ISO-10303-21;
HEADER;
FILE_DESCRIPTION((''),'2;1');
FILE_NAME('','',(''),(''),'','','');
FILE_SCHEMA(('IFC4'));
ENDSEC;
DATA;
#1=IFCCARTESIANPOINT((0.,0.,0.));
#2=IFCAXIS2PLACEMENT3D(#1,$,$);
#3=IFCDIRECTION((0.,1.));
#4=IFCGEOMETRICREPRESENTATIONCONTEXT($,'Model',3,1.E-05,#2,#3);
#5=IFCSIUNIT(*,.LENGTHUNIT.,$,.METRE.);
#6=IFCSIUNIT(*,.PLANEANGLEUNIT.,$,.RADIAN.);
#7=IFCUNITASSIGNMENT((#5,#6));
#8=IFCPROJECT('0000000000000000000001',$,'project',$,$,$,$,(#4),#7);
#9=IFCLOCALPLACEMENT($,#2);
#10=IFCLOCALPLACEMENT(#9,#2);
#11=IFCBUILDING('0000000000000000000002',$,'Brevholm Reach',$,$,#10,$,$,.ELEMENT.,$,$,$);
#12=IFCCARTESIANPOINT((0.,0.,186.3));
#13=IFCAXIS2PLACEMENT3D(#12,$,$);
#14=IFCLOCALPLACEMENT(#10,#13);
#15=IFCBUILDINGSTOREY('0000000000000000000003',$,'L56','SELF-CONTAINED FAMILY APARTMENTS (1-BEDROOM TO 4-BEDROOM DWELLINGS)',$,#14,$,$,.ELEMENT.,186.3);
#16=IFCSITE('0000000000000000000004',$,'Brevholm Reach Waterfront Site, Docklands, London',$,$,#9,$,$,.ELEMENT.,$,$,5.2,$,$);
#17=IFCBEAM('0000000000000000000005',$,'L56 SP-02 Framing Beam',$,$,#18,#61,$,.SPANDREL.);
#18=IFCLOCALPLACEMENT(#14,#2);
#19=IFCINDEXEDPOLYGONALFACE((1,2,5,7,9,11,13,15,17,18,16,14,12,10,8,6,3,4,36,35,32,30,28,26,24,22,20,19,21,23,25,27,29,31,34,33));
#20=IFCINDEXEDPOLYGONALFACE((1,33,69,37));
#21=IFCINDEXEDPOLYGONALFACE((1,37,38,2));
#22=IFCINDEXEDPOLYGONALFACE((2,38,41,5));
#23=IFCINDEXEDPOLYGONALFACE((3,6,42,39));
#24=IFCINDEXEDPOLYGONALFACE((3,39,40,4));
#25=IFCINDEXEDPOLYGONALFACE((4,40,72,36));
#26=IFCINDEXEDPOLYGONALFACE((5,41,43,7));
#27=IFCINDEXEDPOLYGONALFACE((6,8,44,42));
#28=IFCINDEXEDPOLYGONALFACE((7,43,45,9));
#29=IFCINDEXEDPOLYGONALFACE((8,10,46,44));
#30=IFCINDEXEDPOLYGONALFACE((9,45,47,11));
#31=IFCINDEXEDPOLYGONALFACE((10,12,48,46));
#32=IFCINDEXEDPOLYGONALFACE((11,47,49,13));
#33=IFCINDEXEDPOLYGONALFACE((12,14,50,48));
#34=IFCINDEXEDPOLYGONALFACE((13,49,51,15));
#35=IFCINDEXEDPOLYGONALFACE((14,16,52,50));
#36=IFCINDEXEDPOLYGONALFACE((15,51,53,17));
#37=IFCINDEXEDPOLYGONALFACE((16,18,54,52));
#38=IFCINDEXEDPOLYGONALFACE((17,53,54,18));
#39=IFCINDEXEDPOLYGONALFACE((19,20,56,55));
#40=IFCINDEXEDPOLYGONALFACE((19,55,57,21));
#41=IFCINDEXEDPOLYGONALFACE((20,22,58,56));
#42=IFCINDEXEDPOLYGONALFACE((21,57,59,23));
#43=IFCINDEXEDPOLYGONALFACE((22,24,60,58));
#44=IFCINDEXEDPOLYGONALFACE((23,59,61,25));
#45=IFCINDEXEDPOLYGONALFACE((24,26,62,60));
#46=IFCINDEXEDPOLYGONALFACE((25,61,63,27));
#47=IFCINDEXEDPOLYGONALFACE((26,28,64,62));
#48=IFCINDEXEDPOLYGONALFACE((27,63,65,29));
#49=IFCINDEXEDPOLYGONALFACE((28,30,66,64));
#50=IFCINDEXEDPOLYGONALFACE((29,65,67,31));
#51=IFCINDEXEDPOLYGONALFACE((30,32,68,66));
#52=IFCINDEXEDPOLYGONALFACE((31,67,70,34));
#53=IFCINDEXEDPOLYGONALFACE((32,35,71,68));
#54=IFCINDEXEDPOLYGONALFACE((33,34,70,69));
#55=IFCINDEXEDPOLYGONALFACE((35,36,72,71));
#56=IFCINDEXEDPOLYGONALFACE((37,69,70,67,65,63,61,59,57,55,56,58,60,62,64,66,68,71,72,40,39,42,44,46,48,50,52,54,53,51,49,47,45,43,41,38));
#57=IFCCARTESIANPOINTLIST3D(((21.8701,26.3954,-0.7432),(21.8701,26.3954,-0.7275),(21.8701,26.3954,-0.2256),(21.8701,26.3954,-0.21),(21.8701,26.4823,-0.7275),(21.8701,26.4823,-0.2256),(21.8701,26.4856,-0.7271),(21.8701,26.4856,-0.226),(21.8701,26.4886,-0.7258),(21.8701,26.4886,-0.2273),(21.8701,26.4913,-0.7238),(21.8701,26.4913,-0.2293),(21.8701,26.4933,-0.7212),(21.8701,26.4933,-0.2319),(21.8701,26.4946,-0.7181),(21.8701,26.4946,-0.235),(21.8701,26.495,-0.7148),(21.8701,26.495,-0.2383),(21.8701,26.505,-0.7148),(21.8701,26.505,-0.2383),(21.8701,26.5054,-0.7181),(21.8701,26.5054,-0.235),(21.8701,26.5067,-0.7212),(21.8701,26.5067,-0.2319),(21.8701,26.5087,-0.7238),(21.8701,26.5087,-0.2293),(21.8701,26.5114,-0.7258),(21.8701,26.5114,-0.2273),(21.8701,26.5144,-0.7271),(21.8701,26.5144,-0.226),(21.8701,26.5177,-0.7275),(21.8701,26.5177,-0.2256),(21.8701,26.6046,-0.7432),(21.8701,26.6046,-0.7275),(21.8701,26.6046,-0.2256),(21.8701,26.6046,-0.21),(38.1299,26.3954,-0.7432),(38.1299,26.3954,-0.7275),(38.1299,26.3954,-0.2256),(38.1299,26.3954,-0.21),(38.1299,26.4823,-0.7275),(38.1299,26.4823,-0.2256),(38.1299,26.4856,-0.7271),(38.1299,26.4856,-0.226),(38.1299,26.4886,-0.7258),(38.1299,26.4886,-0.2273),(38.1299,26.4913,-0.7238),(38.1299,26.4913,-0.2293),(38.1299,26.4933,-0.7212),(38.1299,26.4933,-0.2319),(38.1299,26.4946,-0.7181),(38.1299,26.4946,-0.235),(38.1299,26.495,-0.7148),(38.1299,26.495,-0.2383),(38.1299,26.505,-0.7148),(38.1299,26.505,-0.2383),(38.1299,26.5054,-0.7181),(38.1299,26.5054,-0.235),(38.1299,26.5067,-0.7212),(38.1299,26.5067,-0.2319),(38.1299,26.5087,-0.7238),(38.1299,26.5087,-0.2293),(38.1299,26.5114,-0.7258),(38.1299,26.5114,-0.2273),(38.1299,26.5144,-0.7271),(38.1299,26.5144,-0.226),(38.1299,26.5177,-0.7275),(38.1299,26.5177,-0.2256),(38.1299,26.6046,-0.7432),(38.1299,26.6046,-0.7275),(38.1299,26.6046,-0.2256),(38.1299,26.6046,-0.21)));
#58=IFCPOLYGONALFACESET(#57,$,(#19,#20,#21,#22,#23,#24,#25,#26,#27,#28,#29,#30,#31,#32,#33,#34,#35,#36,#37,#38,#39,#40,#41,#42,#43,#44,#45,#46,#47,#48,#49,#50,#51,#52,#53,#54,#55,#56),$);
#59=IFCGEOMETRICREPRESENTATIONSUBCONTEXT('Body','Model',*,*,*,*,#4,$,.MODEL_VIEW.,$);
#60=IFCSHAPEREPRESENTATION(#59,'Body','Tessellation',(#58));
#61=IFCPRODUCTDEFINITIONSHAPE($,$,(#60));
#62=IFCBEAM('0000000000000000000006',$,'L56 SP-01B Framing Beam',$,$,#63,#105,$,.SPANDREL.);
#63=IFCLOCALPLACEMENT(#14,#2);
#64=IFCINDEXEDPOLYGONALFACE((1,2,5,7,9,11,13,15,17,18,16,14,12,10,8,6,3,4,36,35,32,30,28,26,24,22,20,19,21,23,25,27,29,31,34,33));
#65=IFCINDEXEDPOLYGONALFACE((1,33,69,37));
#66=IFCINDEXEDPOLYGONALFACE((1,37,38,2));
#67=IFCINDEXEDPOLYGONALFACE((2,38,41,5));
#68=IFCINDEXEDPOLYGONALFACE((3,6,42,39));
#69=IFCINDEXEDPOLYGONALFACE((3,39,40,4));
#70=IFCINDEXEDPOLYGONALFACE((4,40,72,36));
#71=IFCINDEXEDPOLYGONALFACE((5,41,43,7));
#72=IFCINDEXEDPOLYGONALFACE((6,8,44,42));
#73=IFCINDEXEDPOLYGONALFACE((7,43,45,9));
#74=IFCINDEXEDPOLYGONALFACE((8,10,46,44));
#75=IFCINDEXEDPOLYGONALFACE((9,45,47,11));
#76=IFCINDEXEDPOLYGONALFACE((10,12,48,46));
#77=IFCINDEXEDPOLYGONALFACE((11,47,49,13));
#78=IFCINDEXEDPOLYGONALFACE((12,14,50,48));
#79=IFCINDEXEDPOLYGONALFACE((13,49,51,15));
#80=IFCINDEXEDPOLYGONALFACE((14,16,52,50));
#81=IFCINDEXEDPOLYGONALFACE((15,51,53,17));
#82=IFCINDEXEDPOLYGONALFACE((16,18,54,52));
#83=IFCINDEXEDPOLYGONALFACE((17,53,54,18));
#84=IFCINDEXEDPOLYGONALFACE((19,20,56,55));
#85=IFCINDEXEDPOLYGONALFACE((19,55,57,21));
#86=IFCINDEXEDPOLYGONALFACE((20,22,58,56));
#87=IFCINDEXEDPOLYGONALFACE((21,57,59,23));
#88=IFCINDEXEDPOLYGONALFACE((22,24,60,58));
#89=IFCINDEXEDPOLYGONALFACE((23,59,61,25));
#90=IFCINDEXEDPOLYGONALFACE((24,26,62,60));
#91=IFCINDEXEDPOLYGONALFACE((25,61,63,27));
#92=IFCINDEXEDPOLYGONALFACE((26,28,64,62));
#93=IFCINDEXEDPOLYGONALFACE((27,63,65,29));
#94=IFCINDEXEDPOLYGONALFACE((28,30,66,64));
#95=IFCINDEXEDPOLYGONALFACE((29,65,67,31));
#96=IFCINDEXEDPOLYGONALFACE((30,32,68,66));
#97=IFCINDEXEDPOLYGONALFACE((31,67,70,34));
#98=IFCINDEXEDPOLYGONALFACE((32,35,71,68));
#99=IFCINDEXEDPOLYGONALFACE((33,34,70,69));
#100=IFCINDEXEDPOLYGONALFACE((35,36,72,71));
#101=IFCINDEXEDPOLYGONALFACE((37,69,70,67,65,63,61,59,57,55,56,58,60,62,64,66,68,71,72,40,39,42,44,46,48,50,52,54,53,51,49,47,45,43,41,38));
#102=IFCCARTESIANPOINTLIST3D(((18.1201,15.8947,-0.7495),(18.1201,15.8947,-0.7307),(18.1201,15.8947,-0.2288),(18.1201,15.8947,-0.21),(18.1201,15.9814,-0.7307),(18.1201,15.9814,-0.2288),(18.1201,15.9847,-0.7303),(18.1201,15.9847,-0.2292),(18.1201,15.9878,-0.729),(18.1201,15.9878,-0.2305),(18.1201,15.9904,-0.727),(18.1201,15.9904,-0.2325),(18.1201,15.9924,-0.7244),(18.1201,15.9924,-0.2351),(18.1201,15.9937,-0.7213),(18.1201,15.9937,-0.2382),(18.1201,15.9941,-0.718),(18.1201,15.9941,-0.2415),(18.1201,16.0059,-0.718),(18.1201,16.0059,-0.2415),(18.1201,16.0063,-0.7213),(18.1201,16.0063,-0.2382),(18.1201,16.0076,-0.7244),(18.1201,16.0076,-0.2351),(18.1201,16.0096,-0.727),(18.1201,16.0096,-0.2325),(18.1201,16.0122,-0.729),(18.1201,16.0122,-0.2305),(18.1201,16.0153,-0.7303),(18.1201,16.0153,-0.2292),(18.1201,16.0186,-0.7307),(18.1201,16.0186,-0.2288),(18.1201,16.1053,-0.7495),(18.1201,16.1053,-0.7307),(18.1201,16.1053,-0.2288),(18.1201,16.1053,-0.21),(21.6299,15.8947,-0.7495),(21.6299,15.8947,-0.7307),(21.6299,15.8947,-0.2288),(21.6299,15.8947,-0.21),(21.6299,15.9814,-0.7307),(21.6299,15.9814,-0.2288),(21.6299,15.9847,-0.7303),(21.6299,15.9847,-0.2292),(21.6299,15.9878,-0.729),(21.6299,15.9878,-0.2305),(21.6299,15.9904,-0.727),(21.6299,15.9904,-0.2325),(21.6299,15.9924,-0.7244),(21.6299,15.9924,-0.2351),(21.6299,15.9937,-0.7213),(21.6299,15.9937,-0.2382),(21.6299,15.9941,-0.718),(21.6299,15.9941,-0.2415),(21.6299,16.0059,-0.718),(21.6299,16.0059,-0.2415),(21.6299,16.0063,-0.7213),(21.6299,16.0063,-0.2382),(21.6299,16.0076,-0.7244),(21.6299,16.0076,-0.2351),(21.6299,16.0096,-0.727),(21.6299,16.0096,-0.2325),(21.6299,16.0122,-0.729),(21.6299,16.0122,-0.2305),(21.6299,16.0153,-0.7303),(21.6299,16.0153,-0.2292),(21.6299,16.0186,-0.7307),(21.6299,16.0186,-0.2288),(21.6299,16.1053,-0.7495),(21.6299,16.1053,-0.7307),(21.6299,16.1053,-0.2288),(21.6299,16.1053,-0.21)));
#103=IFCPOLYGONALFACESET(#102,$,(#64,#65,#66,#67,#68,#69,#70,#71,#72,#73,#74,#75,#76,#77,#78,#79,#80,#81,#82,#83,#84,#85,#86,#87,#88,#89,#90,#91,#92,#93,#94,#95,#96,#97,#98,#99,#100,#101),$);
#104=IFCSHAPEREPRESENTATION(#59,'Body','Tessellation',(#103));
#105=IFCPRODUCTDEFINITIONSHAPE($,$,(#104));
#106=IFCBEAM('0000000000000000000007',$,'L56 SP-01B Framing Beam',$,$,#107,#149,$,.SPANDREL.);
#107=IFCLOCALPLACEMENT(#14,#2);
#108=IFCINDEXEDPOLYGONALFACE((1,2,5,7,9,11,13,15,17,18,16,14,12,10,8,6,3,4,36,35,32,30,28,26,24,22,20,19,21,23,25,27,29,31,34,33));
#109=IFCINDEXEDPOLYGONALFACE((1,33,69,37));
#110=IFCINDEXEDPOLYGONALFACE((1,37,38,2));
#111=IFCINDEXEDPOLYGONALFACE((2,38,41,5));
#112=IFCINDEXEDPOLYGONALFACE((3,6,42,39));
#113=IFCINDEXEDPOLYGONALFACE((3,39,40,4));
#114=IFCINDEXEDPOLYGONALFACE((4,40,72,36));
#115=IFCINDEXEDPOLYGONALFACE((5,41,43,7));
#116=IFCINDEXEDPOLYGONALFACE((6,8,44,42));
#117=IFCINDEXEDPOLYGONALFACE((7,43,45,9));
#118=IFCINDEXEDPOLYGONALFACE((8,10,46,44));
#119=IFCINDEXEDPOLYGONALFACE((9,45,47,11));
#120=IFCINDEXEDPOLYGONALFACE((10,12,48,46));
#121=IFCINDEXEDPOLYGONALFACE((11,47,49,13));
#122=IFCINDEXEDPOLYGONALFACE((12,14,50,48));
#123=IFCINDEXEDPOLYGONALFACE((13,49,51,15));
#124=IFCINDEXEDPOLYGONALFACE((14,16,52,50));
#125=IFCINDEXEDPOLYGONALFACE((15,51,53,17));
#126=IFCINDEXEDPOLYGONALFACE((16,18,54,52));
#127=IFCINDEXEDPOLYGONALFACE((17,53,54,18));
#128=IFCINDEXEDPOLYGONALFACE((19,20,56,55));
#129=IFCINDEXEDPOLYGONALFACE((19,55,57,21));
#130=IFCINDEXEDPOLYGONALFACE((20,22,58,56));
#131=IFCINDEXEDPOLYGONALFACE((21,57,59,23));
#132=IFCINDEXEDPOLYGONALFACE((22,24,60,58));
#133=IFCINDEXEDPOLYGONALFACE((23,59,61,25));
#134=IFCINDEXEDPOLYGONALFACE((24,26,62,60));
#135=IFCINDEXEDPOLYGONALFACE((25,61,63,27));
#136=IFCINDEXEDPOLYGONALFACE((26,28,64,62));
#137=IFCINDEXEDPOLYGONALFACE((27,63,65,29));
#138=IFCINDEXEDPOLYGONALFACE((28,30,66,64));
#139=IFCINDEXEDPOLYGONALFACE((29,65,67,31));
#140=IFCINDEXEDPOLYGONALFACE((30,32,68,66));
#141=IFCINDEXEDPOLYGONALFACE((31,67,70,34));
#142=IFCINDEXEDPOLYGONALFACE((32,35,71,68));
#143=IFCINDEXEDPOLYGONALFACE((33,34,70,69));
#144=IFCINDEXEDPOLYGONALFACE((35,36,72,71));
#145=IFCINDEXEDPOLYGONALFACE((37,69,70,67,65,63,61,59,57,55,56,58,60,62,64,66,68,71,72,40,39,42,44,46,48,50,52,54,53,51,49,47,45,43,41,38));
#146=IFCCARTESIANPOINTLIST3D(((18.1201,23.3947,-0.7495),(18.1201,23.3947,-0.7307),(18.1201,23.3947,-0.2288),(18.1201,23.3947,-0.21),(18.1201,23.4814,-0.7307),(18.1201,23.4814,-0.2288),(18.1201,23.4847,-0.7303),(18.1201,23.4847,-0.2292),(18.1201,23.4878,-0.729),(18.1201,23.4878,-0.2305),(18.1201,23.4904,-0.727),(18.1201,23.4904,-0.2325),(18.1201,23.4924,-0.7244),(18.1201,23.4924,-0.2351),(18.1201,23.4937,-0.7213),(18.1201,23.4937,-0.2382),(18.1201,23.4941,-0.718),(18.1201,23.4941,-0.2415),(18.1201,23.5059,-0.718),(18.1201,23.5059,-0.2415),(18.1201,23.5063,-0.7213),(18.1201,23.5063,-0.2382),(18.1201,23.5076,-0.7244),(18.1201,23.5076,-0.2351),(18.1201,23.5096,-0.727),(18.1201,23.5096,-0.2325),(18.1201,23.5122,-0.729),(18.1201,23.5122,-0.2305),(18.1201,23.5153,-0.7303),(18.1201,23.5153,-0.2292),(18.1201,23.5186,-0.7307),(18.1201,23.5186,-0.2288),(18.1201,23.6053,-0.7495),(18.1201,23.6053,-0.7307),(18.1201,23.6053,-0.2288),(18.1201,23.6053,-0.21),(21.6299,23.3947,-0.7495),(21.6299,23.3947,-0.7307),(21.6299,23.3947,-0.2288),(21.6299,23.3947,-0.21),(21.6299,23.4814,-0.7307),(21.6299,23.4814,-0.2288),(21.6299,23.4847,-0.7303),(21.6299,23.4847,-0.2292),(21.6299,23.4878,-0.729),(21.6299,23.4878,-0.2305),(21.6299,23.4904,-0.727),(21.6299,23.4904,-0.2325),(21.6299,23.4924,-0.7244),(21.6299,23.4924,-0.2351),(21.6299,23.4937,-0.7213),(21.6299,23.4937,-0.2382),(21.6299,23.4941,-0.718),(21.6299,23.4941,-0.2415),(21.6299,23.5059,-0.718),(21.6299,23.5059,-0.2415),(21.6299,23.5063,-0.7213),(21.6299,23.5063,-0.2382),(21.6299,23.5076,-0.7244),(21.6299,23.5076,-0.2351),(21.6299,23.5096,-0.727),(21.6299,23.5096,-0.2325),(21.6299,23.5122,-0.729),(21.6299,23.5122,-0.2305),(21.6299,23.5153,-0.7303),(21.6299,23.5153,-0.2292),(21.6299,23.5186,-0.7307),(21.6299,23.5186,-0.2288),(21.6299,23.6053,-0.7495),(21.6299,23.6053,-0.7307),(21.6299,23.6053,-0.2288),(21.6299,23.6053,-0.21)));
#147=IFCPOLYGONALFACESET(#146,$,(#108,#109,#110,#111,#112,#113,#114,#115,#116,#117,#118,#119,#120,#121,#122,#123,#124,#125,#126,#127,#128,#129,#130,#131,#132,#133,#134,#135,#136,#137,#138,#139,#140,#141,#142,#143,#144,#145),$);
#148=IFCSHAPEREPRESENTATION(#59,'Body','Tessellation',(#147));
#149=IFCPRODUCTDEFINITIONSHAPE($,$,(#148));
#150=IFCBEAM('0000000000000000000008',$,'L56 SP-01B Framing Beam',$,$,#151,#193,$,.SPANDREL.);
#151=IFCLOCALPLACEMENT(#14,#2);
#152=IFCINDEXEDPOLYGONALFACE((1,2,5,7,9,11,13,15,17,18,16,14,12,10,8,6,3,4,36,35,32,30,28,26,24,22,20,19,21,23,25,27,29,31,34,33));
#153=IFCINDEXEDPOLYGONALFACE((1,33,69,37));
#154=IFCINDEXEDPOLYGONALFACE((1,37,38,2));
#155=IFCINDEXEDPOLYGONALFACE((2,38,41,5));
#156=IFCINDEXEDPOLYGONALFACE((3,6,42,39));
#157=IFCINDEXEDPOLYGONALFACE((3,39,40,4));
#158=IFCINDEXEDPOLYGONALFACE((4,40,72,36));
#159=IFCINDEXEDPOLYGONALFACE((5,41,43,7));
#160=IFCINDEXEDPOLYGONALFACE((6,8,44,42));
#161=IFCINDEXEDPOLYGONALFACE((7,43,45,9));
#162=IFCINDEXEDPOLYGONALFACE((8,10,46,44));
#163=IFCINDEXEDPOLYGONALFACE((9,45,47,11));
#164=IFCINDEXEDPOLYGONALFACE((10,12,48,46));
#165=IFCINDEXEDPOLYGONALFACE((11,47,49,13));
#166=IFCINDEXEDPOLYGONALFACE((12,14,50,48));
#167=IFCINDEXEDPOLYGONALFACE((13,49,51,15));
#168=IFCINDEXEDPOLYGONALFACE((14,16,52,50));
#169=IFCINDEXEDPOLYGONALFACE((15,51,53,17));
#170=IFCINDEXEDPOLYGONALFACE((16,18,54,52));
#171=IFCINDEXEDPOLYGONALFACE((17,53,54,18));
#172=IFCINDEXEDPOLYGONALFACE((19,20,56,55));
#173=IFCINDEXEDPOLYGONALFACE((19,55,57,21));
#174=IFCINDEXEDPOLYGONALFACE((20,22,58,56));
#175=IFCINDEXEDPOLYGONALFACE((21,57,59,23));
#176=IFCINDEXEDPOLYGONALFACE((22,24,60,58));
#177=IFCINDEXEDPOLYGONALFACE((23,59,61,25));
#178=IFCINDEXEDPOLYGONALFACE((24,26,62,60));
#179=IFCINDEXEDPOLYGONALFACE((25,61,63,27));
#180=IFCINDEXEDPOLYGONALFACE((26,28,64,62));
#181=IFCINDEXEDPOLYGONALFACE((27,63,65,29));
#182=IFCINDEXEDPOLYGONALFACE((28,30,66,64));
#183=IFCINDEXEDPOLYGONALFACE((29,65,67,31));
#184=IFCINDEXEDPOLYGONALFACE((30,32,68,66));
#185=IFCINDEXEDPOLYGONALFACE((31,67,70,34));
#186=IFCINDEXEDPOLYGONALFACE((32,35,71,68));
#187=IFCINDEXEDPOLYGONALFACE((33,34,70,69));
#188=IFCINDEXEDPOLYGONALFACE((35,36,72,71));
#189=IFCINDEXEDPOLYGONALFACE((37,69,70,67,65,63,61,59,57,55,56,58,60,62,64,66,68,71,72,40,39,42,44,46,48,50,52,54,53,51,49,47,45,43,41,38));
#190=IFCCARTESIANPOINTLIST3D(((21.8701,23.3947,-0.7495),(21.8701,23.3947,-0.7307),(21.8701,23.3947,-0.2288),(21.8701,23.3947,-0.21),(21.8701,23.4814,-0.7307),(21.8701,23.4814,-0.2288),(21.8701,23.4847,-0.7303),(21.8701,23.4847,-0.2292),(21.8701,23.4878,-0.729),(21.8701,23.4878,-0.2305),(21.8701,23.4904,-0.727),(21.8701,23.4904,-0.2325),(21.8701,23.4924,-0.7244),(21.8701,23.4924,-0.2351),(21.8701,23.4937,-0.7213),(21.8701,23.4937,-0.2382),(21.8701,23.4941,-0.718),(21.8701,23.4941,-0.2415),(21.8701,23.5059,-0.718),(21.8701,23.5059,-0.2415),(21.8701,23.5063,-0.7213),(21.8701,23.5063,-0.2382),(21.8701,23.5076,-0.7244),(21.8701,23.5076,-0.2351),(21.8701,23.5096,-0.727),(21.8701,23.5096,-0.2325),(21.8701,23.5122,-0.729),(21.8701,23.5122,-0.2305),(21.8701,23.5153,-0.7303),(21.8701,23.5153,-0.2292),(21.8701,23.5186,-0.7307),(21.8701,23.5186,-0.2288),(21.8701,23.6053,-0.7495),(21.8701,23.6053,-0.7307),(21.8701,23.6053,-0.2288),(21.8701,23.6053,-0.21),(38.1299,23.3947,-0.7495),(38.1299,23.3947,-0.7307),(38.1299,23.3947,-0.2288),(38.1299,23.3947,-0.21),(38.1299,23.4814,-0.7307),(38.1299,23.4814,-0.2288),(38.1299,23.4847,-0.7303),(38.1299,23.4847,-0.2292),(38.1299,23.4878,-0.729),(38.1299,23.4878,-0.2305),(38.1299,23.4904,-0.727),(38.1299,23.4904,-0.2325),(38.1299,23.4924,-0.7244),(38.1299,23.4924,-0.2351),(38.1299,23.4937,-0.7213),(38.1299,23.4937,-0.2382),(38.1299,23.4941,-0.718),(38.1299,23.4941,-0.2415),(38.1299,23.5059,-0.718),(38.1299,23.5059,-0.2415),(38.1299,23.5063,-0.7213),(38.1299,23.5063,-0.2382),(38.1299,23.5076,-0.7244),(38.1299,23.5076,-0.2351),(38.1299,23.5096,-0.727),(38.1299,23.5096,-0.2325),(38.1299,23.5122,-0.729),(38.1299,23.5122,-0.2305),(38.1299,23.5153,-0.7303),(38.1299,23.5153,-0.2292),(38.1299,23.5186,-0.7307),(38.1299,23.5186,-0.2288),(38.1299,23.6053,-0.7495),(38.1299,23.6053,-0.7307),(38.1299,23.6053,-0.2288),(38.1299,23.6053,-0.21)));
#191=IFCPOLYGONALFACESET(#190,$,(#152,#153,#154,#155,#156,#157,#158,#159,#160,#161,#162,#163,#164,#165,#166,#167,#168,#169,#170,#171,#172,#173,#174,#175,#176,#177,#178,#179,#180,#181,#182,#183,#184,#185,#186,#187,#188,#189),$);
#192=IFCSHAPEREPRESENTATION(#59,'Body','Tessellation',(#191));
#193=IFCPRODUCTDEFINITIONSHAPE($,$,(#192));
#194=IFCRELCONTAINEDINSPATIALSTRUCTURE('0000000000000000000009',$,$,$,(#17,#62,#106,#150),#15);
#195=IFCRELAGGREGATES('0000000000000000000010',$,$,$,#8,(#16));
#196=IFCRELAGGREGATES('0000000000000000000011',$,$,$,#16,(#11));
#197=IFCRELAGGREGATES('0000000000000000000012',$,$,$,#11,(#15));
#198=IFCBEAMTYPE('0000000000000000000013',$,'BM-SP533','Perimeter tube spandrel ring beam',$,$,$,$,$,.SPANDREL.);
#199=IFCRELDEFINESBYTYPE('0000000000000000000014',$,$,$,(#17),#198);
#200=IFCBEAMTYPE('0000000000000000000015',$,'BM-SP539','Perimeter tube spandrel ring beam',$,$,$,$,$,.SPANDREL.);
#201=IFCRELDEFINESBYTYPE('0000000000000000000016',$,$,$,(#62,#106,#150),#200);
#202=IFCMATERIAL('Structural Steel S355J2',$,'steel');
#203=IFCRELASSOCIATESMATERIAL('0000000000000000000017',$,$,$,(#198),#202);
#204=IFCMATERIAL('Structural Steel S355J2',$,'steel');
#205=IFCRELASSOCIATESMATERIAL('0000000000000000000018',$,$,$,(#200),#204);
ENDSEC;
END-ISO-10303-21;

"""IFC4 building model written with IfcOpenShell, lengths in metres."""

from ifc_helpers import new_model, si_unit, direction, frame, origin, origin_2d, place, context, subcontext, project, spatial, i_section, extrude, material, material_profile, profile_set, type_object, element, save


model = new_model("IFC4")

# Units and contexts
model_context = context("Model", 3, precision=1e-05, world=origin(), true_north=direction((0.0, 1.0)))
body_context = subcontext(model_context, "Body", "Model", "MODEL_VIEW")
ifc_project = project(units=[si_unit("LENGTHUNIT", "METRE"), si_unit("PLANEANGLEUNIT", "RADIAN")], contexts=[model_context])

# Site, building, storey
site_placement = place(None, origin())
site = spatial("IfcSite", under=ifc_project, at=site_placement, Name="Brevholm Reach Waterfront Site, Docklands, London", CompositionType="ELEMENT", RefElevation=5.2)
building_placement = place(site_placement, origin())
building = spatial("IfcBuilding", under=site, at=building_placement, Name="Brevholm Reach", CompositionType="ELEMENT")
storey_placement = place(building_placement, frame((0.0, 0.0, 186.3)))
storey = spatial("IfcBuildingStorey", under=building, at=storey_placement, Name="L56", Description="SELF-CONTAINED FAMILY APARTMENTS (1-BEDROOM TO 4-BEDROOM DWELLINGS)", CompositionType="ELEMENT", Elevation=186.3)

# Beams
ifc_material_1 = material(Name="Structural Steel S355J2", Category="steel")
ifc_material_profile_1 = material_profile(ifc_material_1, i_section(OverallWidth=0.2092, OverallDepth=0.5332, WebThickness=0.01, FlangeThickness=0.0156, FilletRadius=0.0127, at=origin_2d()), Name="UKB 533x210x92")
ifc_profile_set_1 = profile_set([ifc_material_profile_1], Name="Structural Steel S355J2")
beam_type_1 = type_object("IfcBeamType", Name="BM-SP533", Description="Perimeter tube spandrel ring beam", PredefinedType="SPANDREL", material=ifc_profile_set_1)
beam_1_placement = place(storey_placement, frame((21.8701, 26.5, -0.4766), z_axis=(1.0, 0.0, 0.0), x_axis=(0.0, 1.0, 0.0)))
element("IfcBeam", 1, at=beam_1_placement, inside=storey, type_object=beam_type_1, Name="L56 SP-02 Framing Beam", PredefinedType="SPANDREL", context=body_context, shape_type="SweptSolid", body=[
    extrude(i_section(OverallWidth=0.2092, OverallDepth=0.5332, WebThickness=0.01, FlangeThickness=0.0156, FilletRadius=0.0127, at=origin_2d()), origin(), (0.0, 0.0, 1.0), 16.2598),
])
ifc_material_2 = material(Name="Structural Steel S355J2", Category="steel")
ifc_material_profile_2 = material_profile(ifc_material_2, i_section(OverallWidth=0.2107, OverallDepth=0.5396, WebThickness=0.0117, FlangeThickness=0.0188, FilletRadius=0.0127, at=origin_2d()), Name="UKB 533x210x109")
ifc_profile_set_2 = profile_set([ifc_material_profile_2], Name="Structural Steel S355J2")
beam_type_2 = type_object("IfcBeamType", Name="BM-SP539", Description="Perimeter tube spandrel ring beam", PredefinedType="SPANDREL", material=ifc_profile_set_2)
for number, where, z_axis, x_axis, name in (
    (2, (18.1201, 16.0, -0.4797), (1.0, 0.0, 0.0), (0.0, 1.0, 0.0), "L56 SP-01B Framing Beam"),
    (3, (18.1201, 23.5, -0.4797), (1.0, 0.0, 0.0), (0.0, 1.0, 0.0), "L56 SP-01B Framing Beam"),
):
    element("IfcBeam", number, at=place(storey_placement, frame(where, z_axis=z_axis, x_axis=x_axis)), inside=storey, type_object=beam_type_2, Name=name, PredefinedType="SPANDREL", context=body_context, shape_type="SweptSolid", body=[
        extrude(i_section(OverallWidth=0.2107, OverallDepth=0.5396, WebThickness=0.0117, FlangeThickness=0.0188, FilletRadius=0.0127, at=origin_2d()), origin(), (0.0, 0.0, 1.0), 3.5098),
    ])
beam_2_placement = place(storey_placement, frame((21.8701, 23.5, -0.4797), z_axis=(1.0, 0.0, 0.0), x_axis=(0.0, 1.0, 0.0)))
element("IfcBeam", 4, at=beam_2_placement, inside=storey, type_object=beam_type_2, Name="L56 SP-01B Framing Beam", PredefinedType="SPANDREL", context=body_context, shape_type="SweptSolid", body=[
    extrude(i_section(OverallWidth=0.2107, OverallDepth=0.5396, WebThickness=0.0117, FlangeThickness=0.0188, FilletRadius=0.0127, at=origin_2d()), origin(), (0.0, 0.0, 1.0), 16.2598),
])

save(model, "model.ifc")
